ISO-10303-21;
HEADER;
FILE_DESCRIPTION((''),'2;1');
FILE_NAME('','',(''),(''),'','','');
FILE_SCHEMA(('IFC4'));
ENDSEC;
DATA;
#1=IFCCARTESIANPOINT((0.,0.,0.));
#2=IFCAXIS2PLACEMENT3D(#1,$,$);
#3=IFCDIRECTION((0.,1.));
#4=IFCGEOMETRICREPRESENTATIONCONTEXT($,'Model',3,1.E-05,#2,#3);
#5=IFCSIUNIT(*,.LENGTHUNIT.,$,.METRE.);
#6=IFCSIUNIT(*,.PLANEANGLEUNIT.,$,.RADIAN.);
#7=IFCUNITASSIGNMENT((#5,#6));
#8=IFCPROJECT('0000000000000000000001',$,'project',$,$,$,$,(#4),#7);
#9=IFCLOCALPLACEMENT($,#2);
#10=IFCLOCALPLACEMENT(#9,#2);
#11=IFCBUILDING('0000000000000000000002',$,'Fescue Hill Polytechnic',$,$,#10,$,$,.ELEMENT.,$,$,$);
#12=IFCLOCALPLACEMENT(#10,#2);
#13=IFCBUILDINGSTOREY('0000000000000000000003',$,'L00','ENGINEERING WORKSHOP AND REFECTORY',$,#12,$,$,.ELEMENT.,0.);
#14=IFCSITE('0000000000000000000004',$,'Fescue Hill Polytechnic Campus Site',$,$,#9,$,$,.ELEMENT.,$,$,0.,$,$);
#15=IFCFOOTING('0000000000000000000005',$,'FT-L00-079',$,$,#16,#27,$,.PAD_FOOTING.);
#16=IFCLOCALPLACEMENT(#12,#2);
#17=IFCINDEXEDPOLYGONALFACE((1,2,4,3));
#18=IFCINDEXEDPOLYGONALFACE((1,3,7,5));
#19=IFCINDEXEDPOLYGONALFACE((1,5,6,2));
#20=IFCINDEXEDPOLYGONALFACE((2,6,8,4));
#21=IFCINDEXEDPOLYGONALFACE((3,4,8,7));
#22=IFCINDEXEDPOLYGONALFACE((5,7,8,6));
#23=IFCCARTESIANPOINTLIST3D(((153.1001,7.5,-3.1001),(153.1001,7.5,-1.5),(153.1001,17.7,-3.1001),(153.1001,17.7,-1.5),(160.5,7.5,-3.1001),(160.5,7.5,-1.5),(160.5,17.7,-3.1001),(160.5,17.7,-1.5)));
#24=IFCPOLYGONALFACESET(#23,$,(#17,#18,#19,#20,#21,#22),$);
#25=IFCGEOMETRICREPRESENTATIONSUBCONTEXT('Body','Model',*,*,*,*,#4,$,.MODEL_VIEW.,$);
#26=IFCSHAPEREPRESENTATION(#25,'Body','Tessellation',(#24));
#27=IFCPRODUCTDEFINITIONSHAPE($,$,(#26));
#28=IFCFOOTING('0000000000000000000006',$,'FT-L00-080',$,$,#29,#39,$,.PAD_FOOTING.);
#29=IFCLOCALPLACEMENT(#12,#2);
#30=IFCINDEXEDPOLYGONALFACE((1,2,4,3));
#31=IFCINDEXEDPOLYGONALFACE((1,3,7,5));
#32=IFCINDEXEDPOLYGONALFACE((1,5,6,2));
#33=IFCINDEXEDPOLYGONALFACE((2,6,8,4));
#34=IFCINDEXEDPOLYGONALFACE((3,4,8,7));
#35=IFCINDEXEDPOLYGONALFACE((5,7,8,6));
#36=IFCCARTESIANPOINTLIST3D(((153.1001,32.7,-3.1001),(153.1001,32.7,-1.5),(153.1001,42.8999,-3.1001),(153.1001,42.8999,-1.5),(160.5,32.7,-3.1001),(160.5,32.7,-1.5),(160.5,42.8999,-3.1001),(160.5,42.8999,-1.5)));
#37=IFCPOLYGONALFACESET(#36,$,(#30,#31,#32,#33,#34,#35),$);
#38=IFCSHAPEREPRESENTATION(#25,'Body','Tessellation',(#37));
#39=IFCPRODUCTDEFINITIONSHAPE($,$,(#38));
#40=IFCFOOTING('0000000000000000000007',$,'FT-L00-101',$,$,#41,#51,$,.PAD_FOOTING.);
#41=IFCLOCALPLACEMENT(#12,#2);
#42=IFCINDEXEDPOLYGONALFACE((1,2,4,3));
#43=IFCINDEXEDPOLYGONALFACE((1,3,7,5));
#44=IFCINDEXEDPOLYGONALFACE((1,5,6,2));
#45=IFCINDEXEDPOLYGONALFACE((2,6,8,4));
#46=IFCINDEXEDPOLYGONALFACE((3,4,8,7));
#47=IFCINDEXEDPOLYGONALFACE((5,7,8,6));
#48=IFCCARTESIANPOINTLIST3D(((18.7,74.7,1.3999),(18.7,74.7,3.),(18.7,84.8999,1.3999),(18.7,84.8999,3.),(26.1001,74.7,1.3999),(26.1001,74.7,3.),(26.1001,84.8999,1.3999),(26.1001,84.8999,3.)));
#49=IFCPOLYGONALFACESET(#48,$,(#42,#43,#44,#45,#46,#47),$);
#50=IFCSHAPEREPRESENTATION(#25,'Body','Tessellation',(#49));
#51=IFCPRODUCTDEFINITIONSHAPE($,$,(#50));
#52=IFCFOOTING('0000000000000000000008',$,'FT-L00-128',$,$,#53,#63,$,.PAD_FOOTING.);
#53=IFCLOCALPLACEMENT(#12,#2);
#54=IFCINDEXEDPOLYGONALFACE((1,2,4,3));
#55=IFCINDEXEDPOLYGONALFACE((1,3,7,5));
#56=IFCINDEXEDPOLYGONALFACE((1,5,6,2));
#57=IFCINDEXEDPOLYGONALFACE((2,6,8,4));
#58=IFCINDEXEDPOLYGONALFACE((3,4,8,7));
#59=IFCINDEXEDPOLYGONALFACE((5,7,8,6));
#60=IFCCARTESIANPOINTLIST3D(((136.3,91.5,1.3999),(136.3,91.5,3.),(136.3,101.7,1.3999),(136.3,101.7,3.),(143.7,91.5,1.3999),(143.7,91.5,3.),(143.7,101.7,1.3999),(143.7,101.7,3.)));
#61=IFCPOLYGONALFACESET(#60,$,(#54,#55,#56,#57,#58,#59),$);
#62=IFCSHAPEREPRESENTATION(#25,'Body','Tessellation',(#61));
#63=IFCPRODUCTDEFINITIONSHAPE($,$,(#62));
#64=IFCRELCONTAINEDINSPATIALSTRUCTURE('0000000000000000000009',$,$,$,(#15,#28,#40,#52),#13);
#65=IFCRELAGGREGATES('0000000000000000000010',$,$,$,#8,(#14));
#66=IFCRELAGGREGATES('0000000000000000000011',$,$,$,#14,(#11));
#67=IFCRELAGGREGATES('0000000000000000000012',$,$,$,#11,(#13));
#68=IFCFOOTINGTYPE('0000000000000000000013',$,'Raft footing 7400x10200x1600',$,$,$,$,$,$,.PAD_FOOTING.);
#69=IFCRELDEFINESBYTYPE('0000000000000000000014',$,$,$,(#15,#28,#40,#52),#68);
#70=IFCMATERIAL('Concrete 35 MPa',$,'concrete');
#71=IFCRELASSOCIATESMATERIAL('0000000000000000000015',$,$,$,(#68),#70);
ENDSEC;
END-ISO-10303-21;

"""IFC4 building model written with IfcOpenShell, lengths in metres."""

from ifc_helpers import new_model, si_unit, direction, frame, origin, place, context, subcontext, project, spatial, polyline, outline, extrude, material, type_object, element, save


model = new_model("IFC4")

# Units and contexts
model_context = context("Model", 3, precision=1e-05, world=origin(), true_north=direction((0.0, 1.0)))
body_context = subcontext(model_context, "Body", "Model", "MODEL_VIEW")
ifc_project = project(units=[si_unit("LENGTHUNIT", "METRE"), si_unit("PLANEANGLEUNIT", "RADIAN")], contexts=[model_context])

# Site, building, storey
site_placement = place(None, origin())
site = spatial("IfcSite", under=ifc_project, at=site_placement, Name="Fescue Hill Polytechnic Campus Site", CompositionType="ELEMENT", RefElevation=0.0)
building_placement = place(site_placement, origin())
building = spatial("IfcBuilding", under=site, at=building_placement, Name="Fescue Hill Polytechnic", CompositionType="ELEMENT")
storey_placement = place(building_placement, origin())
storey = spatial("IfcBuildingStorey", under=building, at=storey_placement, Name="L00", Description="ENGINEERING WORKSHOP AND REFECTORY", CompositionType="ELEMENT", Elevation=0.0)

# Footings
ifc_material = material(Name="Concrete 35 MPa", Category="concrete")
footing_type_1 = type_object("IfcFootingType", Name="Raft footing 7400x10200x1600", PredefinedType="PAD_FOOTING", material=ifc_material)
footing_1_placement = place(storey_placement, frame((0.0, 0.0, -3.1001)))
element("IfcFooting", 1, at=footing_1_placement, inside=storey, type_object=footing_type_1, Name="FT-L00-079", PredefinedType="PAD_FOOTING", context=body_context, shape_type="SweptSolid", body=[
    extrude(outline(polyline([(153.1001, 7.5), (153.1001, 17.7), (160.5, 17.7), (160.5, 7.5), (153.1001, 7.5)])), origin(), (0.0, 0.0, 1.0), 1.6001),
])
footing_2_placement = place(storey_placement, frame((0.0, 0.0, -3.1001)))
element("IfcFooting", 2, at=footing_2_placement, inside=storey, type_object=footing_type_1, Name="FT-L00-080", PredefinedType="PAD_FOOTING", context=body_context, shape_type="SweptSolid", body=[
    extrude(outline(polyline([(153.1001, 32.7), (153.1001, 42.8999), (160.5, 42.8999), (160.5, 32.7), (153.1001, 32.7)])), origin(), (0.0, 0.0, 1.0), 1.6001),
])
footing_3_placement = place(storey_placement, frame((0.0, 0.0, 1.3999)))
element("IfcFooting", 3, at=footing_3_placement, inside=storey, type_object=footing_type_1, Name="FT-L00-101", PredefinedType="PAD_FOOTING", context=body_context, shape_type="SweptSolid", body=[
    extrude(outline(polyline([(18.7, 74.7), (18.7, 84.8999), (26.1001, 84.8999), (26.1001, 74.7), (18.7, 74.7)])), origin(), (0.0, 0.0, 1.0), 1.6001),
])
footing_4_placement = place(storey_placement, frame((0.0, 0.0, 1.3999)))
element("IfcFooting", 4, at=footing_4_placement, inside=storey, type_object=footing_type_1, Name="FT-L00-128", PredefinedType="PAD_FOOTING", context=body_context, shape_type="SweptSolid", body=[
    extrude(outline(polyline([(136.3, 91.5), (136.3, 101.7), (143.7, 101.7), (143.7, 91.5), (136.3, 91.5)])), origin(), (0.0, 0.0, 1.0), 1.6001),
])

save(model, "model.ifc")
